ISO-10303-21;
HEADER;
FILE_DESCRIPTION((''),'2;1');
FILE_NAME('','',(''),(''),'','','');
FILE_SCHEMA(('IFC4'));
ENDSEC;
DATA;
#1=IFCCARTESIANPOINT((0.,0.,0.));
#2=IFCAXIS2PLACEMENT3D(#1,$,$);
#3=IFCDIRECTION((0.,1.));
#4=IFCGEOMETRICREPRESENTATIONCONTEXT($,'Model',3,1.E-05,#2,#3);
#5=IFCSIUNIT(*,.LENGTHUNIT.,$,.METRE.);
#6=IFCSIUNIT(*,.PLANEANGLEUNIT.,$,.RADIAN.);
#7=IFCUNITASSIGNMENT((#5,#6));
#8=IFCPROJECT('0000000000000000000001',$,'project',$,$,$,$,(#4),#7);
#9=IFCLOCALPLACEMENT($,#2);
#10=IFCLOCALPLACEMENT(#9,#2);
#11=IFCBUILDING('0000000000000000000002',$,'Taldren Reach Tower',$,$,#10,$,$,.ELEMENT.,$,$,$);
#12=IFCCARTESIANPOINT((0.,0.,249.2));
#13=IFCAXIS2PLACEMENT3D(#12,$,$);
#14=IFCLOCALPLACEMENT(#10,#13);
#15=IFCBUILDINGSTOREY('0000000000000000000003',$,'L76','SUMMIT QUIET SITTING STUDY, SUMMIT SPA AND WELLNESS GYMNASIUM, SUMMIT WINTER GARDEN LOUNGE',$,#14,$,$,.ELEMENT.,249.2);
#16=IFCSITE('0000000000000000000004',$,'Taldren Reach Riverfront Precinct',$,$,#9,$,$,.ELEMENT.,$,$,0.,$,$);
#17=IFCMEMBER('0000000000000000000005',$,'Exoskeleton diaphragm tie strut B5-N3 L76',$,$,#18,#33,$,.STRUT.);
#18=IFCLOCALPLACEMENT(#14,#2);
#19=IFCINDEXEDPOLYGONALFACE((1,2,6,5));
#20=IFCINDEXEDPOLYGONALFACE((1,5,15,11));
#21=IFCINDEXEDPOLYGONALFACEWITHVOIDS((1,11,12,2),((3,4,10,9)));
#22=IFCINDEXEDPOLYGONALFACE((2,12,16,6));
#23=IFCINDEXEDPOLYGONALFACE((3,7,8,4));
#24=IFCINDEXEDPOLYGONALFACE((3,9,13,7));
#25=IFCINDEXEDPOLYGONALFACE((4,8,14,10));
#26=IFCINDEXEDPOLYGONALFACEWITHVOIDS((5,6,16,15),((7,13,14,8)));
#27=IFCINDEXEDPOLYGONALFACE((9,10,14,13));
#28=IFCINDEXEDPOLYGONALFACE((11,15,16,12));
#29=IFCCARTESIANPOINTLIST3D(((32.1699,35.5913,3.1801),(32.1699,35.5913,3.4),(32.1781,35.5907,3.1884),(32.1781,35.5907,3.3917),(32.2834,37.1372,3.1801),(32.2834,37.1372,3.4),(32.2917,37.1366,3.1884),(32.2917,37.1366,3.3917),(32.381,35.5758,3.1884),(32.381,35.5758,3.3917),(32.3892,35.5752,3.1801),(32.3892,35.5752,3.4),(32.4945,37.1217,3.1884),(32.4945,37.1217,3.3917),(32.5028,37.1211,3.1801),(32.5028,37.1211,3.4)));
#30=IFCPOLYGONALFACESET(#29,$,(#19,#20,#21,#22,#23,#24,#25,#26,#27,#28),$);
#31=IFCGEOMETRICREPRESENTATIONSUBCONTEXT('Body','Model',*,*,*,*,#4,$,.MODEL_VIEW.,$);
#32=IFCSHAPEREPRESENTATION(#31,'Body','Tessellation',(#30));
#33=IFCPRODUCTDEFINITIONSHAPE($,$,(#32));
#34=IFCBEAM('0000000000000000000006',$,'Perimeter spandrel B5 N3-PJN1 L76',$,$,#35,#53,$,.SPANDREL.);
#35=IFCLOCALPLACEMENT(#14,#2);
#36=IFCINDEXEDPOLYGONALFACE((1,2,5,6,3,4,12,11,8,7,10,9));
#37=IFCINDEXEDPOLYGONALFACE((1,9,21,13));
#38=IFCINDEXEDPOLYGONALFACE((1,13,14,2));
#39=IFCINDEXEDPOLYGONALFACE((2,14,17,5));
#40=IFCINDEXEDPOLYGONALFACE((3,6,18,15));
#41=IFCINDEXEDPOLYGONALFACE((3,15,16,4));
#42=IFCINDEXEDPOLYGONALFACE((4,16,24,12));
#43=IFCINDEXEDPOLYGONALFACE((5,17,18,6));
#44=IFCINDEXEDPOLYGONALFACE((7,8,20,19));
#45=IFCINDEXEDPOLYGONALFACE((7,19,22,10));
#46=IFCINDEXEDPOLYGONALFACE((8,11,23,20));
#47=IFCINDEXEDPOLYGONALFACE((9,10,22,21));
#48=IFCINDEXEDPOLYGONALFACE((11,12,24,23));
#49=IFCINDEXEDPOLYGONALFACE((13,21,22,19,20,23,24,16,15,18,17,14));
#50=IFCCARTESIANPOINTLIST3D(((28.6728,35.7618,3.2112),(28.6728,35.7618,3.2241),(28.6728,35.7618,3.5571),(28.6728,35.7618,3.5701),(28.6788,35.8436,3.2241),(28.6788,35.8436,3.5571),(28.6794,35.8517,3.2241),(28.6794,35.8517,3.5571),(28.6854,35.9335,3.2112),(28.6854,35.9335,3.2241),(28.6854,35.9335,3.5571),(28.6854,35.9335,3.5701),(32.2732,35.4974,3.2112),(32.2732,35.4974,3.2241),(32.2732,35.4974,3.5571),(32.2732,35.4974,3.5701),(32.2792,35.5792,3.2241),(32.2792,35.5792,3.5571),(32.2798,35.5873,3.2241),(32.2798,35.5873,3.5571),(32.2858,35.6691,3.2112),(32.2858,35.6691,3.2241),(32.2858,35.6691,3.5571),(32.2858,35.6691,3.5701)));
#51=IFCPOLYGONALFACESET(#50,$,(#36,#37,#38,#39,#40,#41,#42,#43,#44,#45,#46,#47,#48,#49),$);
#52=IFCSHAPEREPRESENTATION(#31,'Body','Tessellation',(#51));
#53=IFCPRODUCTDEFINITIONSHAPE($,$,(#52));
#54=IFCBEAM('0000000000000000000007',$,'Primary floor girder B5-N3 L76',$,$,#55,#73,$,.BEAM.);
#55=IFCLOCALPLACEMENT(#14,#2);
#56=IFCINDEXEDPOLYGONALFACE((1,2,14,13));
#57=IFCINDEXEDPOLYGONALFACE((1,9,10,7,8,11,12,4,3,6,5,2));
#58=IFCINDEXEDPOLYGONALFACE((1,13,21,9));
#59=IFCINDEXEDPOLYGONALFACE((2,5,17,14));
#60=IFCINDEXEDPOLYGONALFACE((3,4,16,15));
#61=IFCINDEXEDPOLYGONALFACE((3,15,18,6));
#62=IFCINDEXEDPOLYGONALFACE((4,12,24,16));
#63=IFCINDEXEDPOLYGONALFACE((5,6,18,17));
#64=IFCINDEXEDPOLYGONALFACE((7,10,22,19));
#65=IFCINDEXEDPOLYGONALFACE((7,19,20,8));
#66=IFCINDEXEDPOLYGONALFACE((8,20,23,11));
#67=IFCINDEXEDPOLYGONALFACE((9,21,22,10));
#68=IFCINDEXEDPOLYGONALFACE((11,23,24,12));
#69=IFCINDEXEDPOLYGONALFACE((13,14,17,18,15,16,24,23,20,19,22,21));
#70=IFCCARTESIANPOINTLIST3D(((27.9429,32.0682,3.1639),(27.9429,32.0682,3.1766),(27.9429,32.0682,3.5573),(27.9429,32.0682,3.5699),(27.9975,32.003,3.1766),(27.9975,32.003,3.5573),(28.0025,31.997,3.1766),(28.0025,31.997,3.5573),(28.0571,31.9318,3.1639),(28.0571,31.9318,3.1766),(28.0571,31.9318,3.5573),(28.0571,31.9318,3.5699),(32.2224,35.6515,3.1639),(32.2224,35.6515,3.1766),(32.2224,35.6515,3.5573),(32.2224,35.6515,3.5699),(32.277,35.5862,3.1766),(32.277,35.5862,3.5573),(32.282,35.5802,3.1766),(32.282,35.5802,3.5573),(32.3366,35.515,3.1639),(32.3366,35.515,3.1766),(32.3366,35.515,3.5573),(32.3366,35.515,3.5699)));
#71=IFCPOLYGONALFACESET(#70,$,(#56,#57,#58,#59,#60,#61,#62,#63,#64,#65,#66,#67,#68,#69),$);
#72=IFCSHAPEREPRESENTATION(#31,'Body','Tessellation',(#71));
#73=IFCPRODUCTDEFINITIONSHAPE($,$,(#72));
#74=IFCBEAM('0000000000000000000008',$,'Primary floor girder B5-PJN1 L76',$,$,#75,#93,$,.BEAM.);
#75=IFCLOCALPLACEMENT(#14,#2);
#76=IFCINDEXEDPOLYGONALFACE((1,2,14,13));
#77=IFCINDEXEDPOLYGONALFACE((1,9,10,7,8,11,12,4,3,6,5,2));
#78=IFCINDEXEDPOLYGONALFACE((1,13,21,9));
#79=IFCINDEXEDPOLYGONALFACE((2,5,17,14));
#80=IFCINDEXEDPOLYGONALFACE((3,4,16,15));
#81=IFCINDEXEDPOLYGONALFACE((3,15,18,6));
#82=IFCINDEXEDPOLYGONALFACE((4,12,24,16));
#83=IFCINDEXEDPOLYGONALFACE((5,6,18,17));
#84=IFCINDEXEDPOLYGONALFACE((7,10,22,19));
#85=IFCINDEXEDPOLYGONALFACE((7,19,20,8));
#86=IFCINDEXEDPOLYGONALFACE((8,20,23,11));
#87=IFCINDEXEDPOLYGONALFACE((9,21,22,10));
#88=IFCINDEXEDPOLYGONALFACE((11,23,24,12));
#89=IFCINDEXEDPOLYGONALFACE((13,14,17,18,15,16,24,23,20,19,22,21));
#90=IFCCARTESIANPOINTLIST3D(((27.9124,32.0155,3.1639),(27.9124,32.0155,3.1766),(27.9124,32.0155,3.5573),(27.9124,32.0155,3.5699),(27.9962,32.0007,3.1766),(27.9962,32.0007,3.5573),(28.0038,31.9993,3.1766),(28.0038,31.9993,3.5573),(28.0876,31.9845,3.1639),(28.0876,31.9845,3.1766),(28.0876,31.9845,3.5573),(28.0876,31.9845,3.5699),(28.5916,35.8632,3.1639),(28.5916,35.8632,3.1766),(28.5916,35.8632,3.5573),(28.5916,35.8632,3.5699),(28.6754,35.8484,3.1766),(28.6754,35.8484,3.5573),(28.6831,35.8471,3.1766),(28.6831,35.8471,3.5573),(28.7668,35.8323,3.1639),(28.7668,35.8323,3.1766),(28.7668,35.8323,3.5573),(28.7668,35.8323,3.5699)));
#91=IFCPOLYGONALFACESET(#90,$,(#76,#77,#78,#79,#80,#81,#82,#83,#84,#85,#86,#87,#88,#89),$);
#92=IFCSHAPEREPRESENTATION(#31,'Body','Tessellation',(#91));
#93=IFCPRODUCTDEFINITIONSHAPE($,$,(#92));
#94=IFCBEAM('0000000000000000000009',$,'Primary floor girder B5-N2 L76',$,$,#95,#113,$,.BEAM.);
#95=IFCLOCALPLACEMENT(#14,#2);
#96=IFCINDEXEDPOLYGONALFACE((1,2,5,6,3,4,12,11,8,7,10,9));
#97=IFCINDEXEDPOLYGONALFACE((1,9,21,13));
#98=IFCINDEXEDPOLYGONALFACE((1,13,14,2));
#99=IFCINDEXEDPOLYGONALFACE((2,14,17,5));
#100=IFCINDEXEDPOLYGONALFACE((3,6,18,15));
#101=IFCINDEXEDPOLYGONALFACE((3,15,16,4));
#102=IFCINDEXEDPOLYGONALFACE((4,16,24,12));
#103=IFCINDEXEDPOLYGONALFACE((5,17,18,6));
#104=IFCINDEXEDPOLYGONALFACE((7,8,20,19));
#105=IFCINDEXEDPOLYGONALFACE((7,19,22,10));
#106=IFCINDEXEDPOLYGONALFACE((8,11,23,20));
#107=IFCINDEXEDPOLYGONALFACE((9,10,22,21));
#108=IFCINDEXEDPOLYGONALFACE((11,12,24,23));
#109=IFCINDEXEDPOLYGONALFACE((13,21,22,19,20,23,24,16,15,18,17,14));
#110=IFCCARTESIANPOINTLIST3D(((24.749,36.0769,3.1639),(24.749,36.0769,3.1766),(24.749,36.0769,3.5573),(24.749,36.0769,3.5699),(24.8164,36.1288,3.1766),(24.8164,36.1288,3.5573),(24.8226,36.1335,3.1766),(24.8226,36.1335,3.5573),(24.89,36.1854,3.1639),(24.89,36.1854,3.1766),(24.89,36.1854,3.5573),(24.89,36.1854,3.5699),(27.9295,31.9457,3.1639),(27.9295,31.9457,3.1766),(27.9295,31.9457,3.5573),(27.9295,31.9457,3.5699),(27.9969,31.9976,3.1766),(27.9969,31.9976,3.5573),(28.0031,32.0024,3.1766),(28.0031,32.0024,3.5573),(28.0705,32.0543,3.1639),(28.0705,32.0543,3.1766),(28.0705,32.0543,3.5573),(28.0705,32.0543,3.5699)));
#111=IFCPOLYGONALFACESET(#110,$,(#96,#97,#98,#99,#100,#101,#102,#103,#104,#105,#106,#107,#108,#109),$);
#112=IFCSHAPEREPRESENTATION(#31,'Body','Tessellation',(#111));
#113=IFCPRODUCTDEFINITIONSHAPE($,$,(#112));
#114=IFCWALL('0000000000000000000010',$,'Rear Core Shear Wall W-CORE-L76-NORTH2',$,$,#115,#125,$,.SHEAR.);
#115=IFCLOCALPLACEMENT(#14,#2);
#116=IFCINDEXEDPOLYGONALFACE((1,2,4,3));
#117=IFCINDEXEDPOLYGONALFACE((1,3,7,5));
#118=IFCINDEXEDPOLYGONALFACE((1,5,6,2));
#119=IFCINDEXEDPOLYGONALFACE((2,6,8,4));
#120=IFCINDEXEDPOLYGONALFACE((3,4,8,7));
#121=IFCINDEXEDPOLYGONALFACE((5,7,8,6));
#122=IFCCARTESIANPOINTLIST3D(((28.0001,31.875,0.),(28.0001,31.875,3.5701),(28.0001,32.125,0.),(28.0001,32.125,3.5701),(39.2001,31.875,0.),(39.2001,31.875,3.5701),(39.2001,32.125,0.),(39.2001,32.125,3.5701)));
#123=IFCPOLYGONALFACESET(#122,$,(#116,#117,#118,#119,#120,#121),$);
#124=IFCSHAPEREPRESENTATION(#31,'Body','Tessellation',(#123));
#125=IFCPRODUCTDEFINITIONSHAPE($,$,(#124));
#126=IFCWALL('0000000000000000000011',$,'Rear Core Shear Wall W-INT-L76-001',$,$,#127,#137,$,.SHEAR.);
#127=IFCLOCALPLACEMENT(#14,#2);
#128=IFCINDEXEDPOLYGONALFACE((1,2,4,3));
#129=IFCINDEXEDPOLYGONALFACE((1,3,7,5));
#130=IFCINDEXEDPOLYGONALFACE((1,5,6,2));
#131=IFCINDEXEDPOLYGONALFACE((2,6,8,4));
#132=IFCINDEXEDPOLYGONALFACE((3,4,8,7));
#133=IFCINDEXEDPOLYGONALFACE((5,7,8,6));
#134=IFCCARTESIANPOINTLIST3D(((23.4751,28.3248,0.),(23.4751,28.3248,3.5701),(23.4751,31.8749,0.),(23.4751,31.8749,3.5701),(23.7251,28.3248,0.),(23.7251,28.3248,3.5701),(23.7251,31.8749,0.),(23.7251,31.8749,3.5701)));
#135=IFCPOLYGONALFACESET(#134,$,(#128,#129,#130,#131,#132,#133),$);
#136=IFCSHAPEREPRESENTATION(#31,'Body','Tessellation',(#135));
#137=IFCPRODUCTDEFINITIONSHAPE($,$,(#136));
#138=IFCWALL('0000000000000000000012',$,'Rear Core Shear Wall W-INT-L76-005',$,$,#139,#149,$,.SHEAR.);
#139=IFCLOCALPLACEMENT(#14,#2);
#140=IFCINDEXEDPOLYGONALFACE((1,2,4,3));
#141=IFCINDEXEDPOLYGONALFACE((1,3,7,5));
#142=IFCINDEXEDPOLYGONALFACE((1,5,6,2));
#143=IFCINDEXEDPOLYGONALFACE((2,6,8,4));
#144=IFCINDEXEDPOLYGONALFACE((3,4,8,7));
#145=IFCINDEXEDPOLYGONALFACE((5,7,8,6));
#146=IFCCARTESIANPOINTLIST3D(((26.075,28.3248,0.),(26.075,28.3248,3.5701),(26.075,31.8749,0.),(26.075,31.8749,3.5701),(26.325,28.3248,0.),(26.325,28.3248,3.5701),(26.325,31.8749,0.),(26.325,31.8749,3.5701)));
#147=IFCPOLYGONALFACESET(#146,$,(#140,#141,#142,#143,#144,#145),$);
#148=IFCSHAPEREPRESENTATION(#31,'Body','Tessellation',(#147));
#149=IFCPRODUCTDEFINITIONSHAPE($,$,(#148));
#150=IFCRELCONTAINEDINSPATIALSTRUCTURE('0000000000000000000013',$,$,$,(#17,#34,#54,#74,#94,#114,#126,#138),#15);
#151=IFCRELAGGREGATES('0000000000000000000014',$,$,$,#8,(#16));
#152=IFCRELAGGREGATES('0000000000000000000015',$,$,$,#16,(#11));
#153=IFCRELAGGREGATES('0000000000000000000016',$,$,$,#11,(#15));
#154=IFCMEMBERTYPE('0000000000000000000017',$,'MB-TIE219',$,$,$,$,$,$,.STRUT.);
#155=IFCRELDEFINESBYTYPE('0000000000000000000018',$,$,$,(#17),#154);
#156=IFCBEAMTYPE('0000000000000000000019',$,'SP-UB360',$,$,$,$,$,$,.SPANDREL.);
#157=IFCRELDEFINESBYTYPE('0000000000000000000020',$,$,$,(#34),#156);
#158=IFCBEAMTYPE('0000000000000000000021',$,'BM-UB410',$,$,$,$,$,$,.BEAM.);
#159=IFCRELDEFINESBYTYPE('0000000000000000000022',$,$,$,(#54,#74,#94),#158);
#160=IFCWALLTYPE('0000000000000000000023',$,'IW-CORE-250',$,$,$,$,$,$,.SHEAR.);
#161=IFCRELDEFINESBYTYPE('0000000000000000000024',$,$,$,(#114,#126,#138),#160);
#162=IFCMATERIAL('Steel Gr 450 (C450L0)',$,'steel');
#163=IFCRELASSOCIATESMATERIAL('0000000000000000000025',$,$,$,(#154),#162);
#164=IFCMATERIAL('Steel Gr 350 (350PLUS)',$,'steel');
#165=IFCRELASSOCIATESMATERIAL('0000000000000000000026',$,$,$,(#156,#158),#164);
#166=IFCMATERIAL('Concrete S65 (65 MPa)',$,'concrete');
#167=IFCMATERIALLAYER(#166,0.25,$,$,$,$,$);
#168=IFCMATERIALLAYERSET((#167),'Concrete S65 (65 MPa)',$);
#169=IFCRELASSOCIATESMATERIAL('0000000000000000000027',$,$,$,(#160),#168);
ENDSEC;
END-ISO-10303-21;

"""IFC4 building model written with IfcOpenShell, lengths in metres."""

from ifc_helpers import new_model, si_unit, direction, frame, frame_2d, origin, origin_2d, place, context, subcontext, project, spatial, rectangle, hollow_rectangle, i_section, extrude, source, transform, mapped, material, layer, layer_set, material_profile, profile_set, type_object, element, save


model = new_model("IFC4")

# Units and contexts
model_context = context("Model", 3, precision=1e-05, world=origin(), true_north=direction((0.0, 1.0)))
body_context = subcontext(model_context, "Body", "Model", "MODEL_VIEW")
ifc_project = project(units=[si_unit("LENGTHUNIT", "METRE"), si_unit("PLANEANGLEUNIT", "RADIAN")], contexts=[model_context])

# Site, building, storey
site_placement = place(None, origin())
site = spatial("IfcSite", under=ifc_project, at=site_placement, Name="Taldren Reach Riverfront Precinct", CompositionType="ELEMENT", RefElevation=0.0)
building_placement = place(site_placement, origin())
building = spatial("IfcBuilding", under=site, at=building_placement, Name="Taldren Reach Tower", CompositionType="ELEMENT")
storey_placement = place(building_placement, frame((0.0, 0.0, 249.2)))
storey = spatial("IfcBuildingStorey", under=building, at=storey_placement, Name="L76", Description="SUMMIT QUIET SITTING STUDY, SUMMIT SPA AND WELLNESS GYMNASIUM, SUMMIT WINTER GARDEN LOUNGE", CompositionType="ELEMENT", Elevation=249.2)

# Shared definitions
ifc_material_1 = material(Name="Steel Gr 450 (C450L0)", Category="steel")
ifc_material_2 = material(Name="Steel Gr 350 (350PLUS)", Category="steel")

# Member
ifc_material_profile_1 = material_profile(ifc_material_1, hollow_rectangle(XDim=0.22, YDim=0.22, WallThickness=0.0083, at=origin_2d()), Name="220x220x8.2SHS")
ifc_profile_set_1 = profile_set([ifc_material_profile_1], Name="Steel Gr 450 (C450L0)")
member_type_1 = type_object("IfcMemberType", Name="MB-TIE219", PredefinedType="STRUT", material=ifc_profile_set_1)
shared_shape_1 = source(origin(), body_context, "Body", "SweptSolid", [
    extrude(hollow_rectangle(XDim=0.22, YDim=0.22, WallThickness=0.0083, at=origin_2d()), origin(), (0.0, 0.0, 1.0), 1.55),
])
member_placement = place(storey_placement, frame((32.2795, 35.5833, 3.29), z_axis=(0.073239, 0.997314, 0.0), x_axis=(-0.997314, 0.073239, 0.0)))
element("IfcMember", 1, at=member_placement, inside=storey, type_object=member_type_1, Name="Exoskeleton diaphragm tie strut B5-N3 L76", PredefinedType="STRUT", context=body_context, shape_type="MappedRepresentation", body=[
    mapped(shared_shape_1, transform((0.0, 0.0, 0.0), scale=1.0)),
])

# Beams
ifc_material_profile_2 = material_profile(ifc_material_2, i_section(OverallWidth=0.1721, OverallDepth=0.3589, WebThickness=0.0081, FlangeThickness=0.0129, at=origin_2d()), Name="360UB56.7")
ifc_profile_set_2 = profile_set([ifc_material_profile_2], Name="Steel Gr 350 (350PLUS)")
beam_type_1 = type_object("IfcBeamType", Name="SP-UB360", PredefinedType="SPANDREL", material=ifc_profile_set_2)
shared_shape_2 = source(origin(), body_context, "Body", "SweptSolid", [
    extrude(i_section(OverallWidth=0.1721, OverallDepth=0.3589, WebThickness=0.0081, FlangeThickness=0.0129, at=origin_2d()), origin(), (0.0, 0.0, 1.0), 3.6101),
])
beam_1_placement = place(storey_placement, frame((32.2795, 35.5833, 3.3906), z_axis=(-0.997314, 0.073241, 0.0), x_axis=(-0.073241, -0.997314, 0.0)))
element("IfcBeam", 2, at=beam_1_placement, inside=storey, type_object=beam_type_1, Name="Perimeter spandrel B5 N3-PJN1 L76", PredefinedType="SPANDREL", context=body_context, shape_type="MappedRepresentation", body=[
    mapped(shared_shape_2, transform((0.0, 0.0, 0.0), scale=1.0)),
])
ifc_material_profile_3 = material_profile(ifc_material_2, i_section(OverallWidth=0.178, OverallDepth=0.406, WebThickness=0.0078, FlangeThickness=0.0127, at=origin_2d()), Name="410UB59.7")
ifc_profile_set_3 = profile_set([ifc_material_profile_3], Name="Steel Gr 350 (350PLUS)")
beam_type_2 = type_object("IfcBeamType", Name="BM-UB410", PredefinedType="BEAM", material=ifc_profile_set_3)
shared_shape_3 = source(origin(), body_context, "Body", "SweptSolid", [
    extrude(i_section(OverallWidth=0.178, OverallDepth=0.406, WebThickness=0.0078, FlangeThickness=0.0127, at=origin_2d()), origin(), (0.0, 0.0, 1.0), 5.5815),
])
beam_2_placement = place(storey_placement, frame((28.0, 32.0, 3.3669), z_axis=(0.766724, 0.641977, 0.0), x_axis=(-0.641977, 0.766724, 0.0)))
element("IfcBeam", 3, at=beam_2_placement, inside=storey, type_object=beam_type_2, Name="Primary floor girder B5-N3 L76", PredefinedType="BEAM", context=body_context, shape_type="MappedRepresentation", body=[
    mapped(shared_shape_3, transform((0.0, 0.0, 0.0), scale=1.0)),
])
shared_shape_4 = source(origin(), body_context, "Body", "SweptSolid", [
    extrude(i_section(OverallWidth=0.178, OverallDepth=0.406, WebThickness=0.0078, FlangeThickness=0.0127, at=origin_2d()), origin(), (0.0, 0.0, 1.0), 3.9072),
])
beam_3_placement = place(storey_placement, frame((28.0, 32.0, 3.3669), z_axis=(0.173835, 0.984775, 0.0), x_axis=(-0.984775, 0.173835, 0.0)))
element("IfcBeam", 4, at=beam_3_placement, inside=storey, type_object=beam_type_2, Name="Primary floor girder B5-PJN1 L76", PredefinedType="BEAM", context=body_context, shape_type="MappedRepresentation", body=[
    mapped(shared_shape_4, transform((0.0, 0.0, 0.0), scale=1.0)),
])
shared_shape_5 = source(origin(), body_context, "Body", "SweptSolid", [
    extrude(i_section(OverallWidth=0.178, OverallDepth=0.406, WebThickness=0.0078, FlangeThickness=0.0127, at=origin_2d()), origin(), (0.0, 0.0, 1.0), 5.2136),
])
beam_4_placement = place(storey_placement, frame((28.0, 32.0, 3.3669), z_axis=(-0.61003, 0.792378, 0.0), x_axis=(-0.792378, -0.61003, 0.0)))
element("IfcBeam", 5, at=beam_4_placement, inside=storey, type_object=beam_type_2, Name="Primary floor girder B5-N2 L76", PredefinedType="BEAM", context=body_context, shape_type="MappedRepresentation", body=[
    mapped(shared_shape_5, transform((0.0, 0.0, 0.0), scale=1.0)),
])

# Walls
ifc_material_3 = material(Name="Concrete S65 (65 MPa)", Category="concrete")
ifc_layer_1 = layer(ifc_material_3, 0.25)
ifc_layer_set_1 = layer_set([ifc_layer_1], Name="Concrete S65 (65 MPa)")
wall_type_1 = type_object("IfcWallType", Name="IW-CORE-250", PredefinedType="SHEAR", material=ifc_layer_set_1)
shared_shape_6 = source(origin(), body_context, "Body", "SweptSolid", [
    extrude(rectangle(XDim=11.2, YDim=0.25, at=frame_2d((5.6001, 0.0))), origin(), (0.0, 0.0, 1.0), 3.5701),
])
wall_1_placement = place(storey_placement, frame((28.0, 32.0, 0.0), z_axis=(0.0, 0.0, 1.0), x_axis=(1.0, 0.0, 0.0)))
element("IfcWall", 6, at=wall_1_placement, inside=storey, type_object=wall_type_1, Name="Rear Core Shear Wall W-CORE-L76-NORTH2", PredefinedType="SHEAR", context=body_context, shape_type="MappedRepresentation", body=[
    mapped(shared_shape_6, transform((0.0, 0.0, 0.0), scale=1.0)),
])
shared_shape_7 = source(origin(), body_context, "Body", "SweptSolid", [
    extrude(rectangle(XDim=3.55, YDim=0.25, at=frame_2d((1.7749, 0.0))), origin(), (0.0, 0.0, 1.0), 3.5701),
])
for number, where, z_axis, x_axis, name in (
    (7, (23.6001, 28.325, 0.0), (0.0, 0.0, 1.0), (0.0, 1.0, 0.0), "Rear Core Shear Wall W-INT-L76-001"),
    (8, (26.2, 28.325, 0.0), (0.0, 0.0, 1.0), (0.0, 1.0, 0.0), "Rear Core Shear Wall W-INT-L76-005"),
):
    element("IfcWall", number, at=place(storey_placement, frame(where, z_axis=z_axis, x_axis=x_axis)), inside=storey, type_object=wall_type_1, Name=name, PredefinedType="SHEAR", context=body_context, shape_type="MappedRepresentation", body=[
        mapped(shared_shape_7, transform((0.0, 0.0, 0.0), scale=1.0)),
    ])

save(model, "model.ifc")
